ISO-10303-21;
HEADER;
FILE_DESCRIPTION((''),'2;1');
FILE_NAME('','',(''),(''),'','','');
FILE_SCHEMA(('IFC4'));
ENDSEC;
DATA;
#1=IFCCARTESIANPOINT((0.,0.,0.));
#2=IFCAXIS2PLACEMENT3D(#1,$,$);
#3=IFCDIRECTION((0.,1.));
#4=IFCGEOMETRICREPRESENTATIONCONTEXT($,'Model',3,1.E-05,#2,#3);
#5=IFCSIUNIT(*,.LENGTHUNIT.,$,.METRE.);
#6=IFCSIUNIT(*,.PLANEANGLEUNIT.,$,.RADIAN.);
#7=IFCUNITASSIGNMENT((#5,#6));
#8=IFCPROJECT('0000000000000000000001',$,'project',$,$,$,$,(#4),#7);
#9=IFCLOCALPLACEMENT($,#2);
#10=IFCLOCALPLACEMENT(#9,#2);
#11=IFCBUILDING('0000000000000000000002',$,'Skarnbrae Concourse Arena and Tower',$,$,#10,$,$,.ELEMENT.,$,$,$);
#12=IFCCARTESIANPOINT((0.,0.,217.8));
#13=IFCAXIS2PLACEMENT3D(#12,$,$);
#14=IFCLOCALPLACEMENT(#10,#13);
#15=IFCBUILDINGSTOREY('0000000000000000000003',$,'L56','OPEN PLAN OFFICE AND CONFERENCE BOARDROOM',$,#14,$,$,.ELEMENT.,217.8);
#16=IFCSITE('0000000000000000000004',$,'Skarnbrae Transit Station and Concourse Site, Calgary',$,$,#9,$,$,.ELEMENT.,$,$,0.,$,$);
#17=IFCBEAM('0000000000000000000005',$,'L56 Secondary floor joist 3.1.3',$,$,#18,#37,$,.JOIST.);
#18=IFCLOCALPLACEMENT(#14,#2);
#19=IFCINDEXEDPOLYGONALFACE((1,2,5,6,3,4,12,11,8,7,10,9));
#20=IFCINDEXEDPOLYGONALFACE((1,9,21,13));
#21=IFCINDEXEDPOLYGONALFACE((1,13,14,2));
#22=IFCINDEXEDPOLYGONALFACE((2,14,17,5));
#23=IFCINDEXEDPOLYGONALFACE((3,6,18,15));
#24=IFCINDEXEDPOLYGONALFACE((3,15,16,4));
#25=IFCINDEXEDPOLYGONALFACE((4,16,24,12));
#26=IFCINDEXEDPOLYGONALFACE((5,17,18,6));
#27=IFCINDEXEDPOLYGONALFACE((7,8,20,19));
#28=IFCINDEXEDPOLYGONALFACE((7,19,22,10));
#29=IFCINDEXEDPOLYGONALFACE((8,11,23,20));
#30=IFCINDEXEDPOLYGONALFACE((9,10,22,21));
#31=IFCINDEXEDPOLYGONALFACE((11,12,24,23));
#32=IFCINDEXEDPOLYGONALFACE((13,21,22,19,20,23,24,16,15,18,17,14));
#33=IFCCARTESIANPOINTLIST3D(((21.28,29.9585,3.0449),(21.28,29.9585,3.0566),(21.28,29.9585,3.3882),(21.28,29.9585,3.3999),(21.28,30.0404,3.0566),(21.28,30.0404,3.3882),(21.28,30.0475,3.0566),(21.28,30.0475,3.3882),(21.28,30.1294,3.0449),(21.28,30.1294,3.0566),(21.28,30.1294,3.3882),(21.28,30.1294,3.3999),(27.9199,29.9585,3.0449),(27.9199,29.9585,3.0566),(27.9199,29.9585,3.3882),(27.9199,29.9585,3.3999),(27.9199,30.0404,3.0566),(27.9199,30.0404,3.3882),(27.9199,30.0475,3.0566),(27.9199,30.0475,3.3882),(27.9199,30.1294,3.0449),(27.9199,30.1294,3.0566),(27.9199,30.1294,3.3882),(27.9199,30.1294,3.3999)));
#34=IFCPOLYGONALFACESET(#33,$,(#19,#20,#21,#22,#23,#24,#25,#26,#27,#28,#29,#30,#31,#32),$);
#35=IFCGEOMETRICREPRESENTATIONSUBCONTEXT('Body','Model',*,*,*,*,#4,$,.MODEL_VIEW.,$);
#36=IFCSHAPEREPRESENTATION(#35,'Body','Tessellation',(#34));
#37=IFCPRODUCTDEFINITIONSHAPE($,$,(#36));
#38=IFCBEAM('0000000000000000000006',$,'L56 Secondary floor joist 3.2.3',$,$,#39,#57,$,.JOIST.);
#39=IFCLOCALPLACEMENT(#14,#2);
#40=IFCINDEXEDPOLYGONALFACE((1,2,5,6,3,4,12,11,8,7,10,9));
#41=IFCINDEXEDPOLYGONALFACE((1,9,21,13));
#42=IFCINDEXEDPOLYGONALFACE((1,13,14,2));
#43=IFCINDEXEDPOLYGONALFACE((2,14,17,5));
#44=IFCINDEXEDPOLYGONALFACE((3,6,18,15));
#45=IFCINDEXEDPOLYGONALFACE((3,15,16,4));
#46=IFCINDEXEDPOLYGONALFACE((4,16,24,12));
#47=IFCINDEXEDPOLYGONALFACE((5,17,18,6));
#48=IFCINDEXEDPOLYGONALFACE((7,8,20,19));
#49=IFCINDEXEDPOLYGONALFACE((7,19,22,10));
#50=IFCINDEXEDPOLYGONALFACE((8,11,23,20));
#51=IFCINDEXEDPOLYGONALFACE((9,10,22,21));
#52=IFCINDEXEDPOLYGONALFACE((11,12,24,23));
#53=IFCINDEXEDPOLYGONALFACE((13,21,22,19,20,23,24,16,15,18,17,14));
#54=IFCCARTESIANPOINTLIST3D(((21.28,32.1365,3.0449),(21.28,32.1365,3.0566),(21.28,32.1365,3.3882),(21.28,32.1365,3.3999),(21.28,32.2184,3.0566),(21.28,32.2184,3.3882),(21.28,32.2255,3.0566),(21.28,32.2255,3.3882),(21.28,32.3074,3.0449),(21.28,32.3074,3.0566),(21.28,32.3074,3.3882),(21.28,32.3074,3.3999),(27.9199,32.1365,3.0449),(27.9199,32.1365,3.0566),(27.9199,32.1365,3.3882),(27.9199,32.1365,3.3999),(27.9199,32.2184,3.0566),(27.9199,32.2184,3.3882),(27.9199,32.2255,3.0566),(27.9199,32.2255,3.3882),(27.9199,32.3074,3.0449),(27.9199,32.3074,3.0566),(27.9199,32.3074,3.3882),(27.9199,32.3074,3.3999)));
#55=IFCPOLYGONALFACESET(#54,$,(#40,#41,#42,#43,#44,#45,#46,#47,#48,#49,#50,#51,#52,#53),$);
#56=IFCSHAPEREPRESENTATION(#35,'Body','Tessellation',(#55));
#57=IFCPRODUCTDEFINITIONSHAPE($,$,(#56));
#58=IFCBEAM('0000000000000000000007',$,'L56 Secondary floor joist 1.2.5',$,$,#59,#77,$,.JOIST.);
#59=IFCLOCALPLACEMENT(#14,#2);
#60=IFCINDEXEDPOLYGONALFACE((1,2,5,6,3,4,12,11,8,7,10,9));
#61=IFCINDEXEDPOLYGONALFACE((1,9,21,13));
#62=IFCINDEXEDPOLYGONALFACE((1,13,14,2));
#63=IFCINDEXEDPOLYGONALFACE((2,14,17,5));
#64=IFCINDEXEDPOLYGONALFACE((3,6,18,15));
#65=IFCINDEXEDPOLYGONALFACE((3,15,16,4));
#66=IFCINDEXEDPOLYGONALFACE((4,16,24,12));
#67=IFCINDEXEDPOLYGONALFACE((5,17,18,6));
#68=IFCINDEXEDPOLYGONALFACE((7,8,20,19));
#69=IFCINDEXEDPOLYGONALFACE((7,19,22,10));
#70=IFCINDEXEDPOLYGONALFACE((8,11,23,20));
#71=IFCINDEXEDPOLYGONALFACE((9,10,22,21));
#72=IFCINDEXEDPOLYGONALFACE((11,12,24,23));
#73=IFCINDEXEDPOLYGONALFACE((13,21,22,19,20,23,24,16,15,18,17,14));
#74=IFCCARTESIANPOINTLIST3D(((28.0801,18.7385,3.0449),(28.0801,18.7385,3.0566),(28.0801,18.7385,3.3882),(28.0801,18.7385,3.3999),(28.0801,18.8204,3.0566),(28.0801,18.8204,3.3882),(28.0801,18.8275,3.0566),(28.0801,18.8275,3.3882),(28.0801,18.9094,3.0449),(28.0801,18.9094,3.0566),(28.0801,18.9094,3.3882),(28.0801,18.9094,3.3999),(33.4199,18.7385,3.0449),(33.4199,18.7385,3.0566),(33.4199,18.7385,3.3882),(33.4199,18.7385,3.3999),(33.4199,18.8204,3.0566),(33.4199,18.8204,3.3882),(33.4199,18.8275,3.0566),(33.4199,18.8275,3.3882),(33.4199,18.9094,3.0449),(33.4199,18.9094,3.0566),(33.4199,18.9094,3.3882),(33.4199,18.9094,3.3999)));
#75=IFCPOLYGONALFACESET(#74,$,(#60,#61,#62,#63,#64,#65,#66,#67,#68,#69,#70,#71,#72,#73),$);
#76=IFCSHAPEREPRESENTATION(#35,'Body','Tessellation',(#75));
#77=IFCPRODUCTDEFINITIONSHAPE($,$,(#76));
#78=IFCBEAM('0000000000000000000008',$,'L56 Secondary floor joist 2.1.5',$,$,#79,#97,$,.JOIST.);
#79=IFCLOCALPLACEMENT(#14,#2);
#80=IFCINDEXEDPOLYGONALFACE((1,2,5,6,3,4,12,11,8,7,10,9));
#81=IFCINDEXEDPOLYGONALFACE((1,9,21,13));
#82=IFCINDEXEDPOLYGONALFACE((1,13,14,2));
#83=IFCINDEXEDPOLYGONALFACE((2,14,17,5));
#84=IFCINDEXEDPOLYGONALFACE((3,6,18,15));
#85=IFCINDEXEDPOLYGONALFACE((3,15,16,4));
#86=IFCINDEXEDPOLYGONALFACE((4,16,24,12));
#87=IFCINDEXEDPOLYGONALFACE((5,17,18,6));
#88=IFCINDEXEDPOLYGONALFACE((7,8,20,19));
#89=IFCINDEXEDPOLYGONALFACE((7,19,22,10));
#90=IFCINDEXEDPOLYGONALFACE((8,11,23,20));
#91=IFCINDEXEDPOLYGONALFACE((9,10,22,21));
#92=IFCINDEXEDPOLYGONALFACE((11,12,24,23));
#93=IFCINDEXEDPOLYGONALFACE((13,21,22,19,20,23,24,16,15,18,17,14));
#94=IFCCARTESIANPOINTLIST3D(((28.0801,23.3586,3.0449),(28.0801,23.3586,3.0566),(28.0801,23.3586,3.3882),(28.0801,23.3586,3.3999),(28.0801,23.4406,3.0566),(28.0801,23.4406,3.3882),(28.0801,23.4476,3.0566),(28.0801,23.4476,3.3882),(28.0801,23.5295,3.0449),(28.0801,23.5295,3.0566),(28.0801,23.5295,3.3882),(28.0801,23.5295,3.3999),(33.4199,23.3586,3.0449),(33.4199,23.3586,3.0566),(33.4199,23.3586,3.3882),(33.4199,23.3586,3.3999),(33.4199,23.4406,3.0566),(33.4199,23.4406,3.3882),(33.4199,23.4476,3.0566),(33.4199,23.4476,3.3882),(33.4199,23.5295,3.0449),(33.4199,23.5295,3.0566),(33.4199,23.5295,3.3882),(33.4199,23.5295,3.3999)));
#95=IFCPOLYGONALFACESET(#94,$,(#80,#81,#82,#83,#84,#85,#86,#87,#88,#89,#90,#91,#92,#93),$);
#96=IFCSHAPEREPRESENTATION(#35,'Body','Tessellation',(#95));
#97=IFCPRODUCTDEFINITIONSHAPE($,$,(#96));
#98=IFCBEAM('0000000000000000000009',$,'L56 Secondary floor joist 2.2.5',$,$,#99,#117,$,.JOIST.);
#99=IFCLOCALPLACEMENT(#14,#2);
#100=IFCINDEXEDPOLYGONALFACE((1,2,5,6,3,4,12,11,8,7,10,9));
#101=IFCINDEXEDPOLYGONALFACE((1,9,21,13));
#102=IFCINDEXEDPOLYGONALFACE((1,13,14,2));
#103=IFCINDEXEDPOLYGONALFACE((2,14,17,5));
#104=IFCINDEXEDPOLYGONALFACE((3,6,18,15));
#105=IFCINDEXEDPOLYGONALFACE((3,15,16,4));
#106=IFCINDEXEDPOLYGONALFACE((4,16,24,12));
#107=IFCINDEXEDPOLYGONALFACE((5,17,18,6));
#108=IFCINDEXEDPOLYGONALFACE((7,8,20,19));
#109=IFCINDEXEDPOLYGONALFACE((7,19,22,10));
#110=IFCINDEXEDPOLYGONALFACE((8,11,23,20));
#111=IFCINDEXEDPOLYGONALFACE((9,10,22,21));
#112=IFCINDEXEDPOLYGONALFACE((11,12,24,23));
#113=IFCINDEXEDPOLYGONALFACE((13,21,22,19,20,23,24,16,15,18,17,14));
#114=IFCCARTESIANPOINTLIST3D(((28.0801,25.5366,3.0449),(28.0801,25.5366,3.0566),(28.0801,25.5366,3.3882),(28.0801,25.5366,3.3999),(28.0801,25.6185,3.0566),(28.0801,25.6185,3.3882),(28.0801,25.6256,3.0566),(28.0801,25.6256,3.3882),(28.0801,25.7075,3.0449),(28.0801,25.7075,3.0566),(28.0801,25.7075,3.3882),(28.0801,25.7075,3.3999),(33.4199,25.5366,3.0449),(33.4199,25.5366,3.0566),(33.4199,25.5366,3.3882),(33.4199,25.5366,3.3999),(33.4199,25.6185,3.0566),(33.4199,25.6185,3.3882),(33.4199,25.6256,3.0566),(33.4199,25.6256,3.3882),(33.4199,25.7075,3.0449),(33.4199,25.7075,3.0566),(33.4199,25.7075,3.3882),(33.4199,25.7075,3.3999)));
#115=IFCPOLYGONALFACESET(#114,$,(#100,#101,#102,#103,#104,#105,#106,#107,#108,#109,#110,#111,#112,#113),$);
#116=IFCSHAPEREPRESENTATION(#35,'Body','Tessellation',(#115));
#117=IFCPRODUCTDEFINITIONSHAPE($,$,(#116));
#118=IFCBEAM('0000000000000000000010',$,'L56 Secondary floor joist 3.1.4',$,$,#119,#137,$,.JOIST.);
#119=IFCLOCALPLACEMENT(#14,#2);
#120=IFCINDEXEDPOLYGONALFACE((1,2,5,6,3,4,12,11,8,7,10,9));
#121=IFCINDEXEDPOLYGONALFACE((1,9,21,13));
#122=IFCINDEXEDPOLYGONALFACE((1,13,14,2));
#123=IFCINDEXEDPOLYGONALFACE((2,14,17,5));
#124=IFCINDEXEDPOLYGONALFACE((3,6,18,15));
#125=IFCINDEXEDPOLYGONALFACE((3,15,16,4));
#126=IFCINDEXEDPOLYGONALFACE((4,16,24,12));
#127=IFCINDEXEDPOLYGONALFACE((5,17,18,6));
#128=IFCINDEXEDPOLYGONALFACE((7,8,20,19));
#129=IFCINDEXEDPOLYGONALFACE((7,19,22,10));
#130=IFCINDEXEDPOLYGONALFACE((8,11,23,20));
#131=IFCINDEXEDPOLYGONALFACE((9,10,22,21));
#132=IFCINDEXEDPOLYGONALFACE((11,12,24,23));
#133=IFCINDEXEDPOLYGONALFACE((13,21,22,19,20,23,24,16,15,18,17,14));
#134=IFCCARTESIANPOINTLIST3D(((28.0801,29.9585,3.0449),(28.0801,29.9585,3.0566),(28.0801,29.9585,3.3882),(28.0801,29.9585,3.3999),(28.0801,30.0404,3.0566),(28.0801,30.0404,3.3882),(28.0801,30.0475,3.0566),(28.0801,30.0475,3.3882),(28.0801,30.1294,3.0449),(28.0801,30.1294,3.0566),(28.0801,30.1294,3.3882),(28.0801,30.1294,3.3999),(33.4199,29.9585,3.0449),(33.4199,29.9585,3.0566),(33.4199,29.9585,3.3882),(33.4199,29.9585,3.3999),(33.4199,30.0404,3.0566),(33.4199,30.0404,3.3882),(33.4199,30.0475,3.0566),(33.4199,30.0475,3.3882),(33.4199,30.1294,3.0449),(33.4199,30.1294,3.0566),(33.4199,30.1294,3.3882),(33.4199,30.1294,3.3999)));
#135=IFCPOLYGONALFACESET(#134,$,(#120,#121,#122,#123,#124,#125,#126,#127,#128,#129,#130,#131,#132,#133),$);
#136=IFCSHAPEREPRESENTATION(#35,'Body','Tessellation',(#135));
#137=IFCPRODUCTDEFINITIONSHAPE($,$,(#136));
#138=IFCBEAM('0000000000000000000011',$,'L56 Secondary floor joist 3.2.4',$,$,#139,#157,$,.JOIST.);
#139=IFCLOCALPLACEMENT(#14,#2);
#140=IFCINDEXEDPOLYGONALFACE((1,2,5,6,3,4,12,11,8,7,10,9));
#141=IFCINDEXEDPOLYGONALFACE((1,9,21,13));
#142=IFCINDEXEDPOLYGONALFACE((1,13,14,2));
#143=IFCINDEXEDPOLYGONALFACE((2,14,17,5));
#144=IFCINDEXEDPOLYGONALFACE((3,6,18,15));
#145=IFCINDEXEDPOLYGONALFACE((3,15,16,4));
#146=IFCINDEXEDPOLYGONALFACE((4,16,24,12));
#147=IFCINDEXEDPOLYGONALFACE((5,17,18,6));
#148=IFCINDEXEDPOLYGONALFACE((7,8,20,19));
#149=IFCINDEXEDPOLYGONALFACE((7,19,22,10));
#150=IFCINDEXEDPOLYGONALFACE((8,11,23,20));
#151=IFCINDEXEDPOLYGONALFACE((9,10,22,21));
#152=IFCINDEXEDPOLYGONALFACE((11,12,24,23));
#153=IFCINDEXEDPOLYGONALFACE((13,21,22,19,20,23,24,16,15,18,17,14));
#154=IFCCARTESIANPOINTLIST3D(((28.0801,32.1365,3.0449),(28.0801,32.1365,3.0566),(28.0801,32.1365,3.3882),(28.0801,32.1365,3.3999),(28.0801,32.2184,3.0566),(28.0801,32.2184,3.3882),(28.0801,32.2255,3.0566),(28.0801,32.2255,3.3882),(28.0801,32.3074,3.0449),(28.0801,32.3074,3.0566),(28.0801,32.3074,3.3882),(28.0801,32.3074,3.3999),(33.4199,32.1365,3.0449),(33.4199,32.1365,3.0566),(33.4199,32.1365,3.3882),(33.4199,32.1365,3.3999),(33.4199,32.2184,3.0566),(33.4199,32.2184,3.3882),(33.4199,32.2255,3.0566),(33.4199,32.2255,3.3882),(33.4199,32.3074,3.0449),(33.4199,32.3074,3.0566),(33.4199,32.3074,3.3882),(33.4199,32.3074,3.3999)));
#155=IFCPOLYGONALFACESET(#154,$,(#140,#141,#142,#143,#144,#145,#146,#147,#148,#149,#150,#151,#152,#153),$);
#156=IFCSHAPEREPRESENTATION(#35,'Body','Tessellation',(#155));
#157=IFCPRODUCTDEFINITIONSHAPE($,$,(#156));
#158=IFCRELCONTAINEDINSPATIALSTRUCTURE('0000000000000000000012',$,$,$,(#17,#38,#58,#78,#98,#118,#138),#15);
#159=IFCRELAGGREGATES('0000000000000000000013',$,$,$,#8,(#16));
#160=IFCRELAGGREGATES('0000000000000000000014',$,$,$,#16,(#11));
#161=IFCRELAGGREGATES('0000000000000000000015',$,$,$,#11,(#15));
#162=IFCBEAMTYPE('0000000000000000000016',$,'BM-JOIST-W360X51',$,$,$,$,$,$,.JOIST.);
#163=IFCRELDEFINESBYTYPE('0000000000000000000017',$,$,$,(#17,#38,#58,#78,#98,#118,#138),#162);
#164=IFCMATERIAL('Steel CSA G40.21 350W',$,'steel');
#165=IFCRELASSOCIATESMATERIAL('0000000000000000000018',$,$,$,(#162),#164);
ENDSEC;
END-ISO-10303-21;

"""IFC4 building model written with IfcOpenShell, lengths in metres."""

from ifc_helpers import new_model, si_unit, direction, frame, origin, origin_2d, place, context, subcontext, project, spatial, i_section, extrude, source, transform, mapped, material, material_profile, profile_set, type_object, element, save


model = new_model("IFC4")

# Units and contexts
model_context = context("Model", 3, precision=1e-05, world=origin(), true_north=direction((0.0, 1.0)))
body_context = subcontext(model_context, "Body", "Model", "MODEL_VIEW")
ifc_project = project(units=[si_unit("LENGTHUNIT", "METRE"), si_unit("PLANEANGLEUNIT", "RADIAN")], contexts=[model_context])

# Site, building, storey
site_placement = place(None, origin())
site = spatial("IfcSite", under=ifc_project, at=site_placement, Name="Skarnbrae Transit Station and Concourse Site, Calgary", CompositionType="ELEMENT", RefElevation=0.0)
building_placement = place(site_placement, origin())
building = spatial("IfcBuilding", under=site, at=building_placement, Name="Skarnbrae Concourse Arena and Tower", CompositionType="ELEMENT")
storey_placement = place(building_placement, frame((0.0, 0.0, 217.8)))
storey = spatial("IfcBuildingStorey", under=building, at=storey_placement, Name="L56", Description="OPEN PLAN OFFICE AND CONFERENCE BOARDROOM", CompositionType="ELEMENT", Elevation=217.8)

# Shared definitions
ifc_material_1 = material(Name="Steel CSA G40.21 350W", Category="steel")

# Beams
ifc_material_profile_1 = material_profile(ifc_material_1, i_section(OverallWidth=0.1709, OverallDepth=0.355, WebThickness=0.0071, FlangeThickness=0.0117, at=origin_2d()), Name="W360X51")
ifc_profile_set_1 = profile_set([ifc_material_profile_1], Name="Steel CSA G40.21 350W")
beam_type_1 = type_object("IfcBeamType", Name="BM-JOIST-W360X51", PredefinedType="JOIST", material=ifc_profile_set_1)
shared_shape_1 = source(origin(), body_context, "Body", "SweptSolid", [
    extrude(i_section(OverallWidth=0.1709, OverallDepth=0.355, WebThickness=0.0071, FlangeThickness=0.0117, at=origin_2d()), origin(), (0.0, 0.0, 1.0), 6.6399),
])
for number, where, z_axis, x_axis, name in (
    (1, (21.28, 30.0439, 3.2224), (1.0, 0.0, 0.0), (0.0, 1.0, 0.0), "L56 Secondary floor joist 3.1.3"),
    (2, (21.28, 32.2219, 3.2224), (1.0, 0.0, 0.0), (0.0, 1.0, 0.0), "L56 Secondary floor joist 3.2.3"),
):
    element("IfcBeam", number, at=place(storey_placement, frame(where, z_axis=z_axis, x_axis=x_axis)), inside=storey, type_object=beam_type_1, Name=name, PredefinedType="JOIST", context=body_context, shape_type="MappedRepresentation", body=[
        mapped(shared_shape_1, transform((0.0, 0.0, 0.0))),
    ])
shared_shape_2 = source(origin(), body_context, "Body", "SweptSolid", [
    extrude(i_section(OverallWidth=0.1709, OverallDepth=0.355, WebThickness=0.0071, FlangeThickness=0.0117, at=origin_2d()), origin(), (0.0, 0.0, 1.0), 5.3398),
])
for number, where, z_axis, x_axis, name in (
    (3, (28.0801, 18.824, 3.2224), (1.0, 0.0, 0.0), (0.0, 1.0, 0.0), "L56 Secondary floor joist 1.2.5"),
    (4, (28.0801, 23.4441, 3.2224), (1.0, 0.0, 0.0), (0.0, 1.0, 0.0), "L56 Secondary floor joist 2.1.5"),
    (5, (28.0801, 25.6221, 3.2224), (1.0, 0.0, 0.0), (0.0, 1.0, 0.0), "L56 Secondary floor joist 2.2.5"),
    (6, (28.0801, 30.0439, 3.2224), (1.0, 0.0, 0.0), (0.0, 1.0, 0.0), "L56 Secondary floor joist 3.1.4"),
    (7, (28.0801, 32.2219, 3.2224), (1.0, 0.0, 0.0), (0.0, 1.0, 0.0), "L56 Secondary floor joist 3.2.4"),
):
    element("IfcBeam", number, at=place(storey_placement, frame(where, z_axis=z_axis, x_axis=x_axis)), inside=storey, type_object=beam_type_1, Name=name, PredefinedType="JOIST", context=body_context, shape_type="MappedRepresentation", body=[
        mapped(shared_shape_2, transform((0.0, 0.0, 0.0))),
    ])

save(model, "model.ifc")
